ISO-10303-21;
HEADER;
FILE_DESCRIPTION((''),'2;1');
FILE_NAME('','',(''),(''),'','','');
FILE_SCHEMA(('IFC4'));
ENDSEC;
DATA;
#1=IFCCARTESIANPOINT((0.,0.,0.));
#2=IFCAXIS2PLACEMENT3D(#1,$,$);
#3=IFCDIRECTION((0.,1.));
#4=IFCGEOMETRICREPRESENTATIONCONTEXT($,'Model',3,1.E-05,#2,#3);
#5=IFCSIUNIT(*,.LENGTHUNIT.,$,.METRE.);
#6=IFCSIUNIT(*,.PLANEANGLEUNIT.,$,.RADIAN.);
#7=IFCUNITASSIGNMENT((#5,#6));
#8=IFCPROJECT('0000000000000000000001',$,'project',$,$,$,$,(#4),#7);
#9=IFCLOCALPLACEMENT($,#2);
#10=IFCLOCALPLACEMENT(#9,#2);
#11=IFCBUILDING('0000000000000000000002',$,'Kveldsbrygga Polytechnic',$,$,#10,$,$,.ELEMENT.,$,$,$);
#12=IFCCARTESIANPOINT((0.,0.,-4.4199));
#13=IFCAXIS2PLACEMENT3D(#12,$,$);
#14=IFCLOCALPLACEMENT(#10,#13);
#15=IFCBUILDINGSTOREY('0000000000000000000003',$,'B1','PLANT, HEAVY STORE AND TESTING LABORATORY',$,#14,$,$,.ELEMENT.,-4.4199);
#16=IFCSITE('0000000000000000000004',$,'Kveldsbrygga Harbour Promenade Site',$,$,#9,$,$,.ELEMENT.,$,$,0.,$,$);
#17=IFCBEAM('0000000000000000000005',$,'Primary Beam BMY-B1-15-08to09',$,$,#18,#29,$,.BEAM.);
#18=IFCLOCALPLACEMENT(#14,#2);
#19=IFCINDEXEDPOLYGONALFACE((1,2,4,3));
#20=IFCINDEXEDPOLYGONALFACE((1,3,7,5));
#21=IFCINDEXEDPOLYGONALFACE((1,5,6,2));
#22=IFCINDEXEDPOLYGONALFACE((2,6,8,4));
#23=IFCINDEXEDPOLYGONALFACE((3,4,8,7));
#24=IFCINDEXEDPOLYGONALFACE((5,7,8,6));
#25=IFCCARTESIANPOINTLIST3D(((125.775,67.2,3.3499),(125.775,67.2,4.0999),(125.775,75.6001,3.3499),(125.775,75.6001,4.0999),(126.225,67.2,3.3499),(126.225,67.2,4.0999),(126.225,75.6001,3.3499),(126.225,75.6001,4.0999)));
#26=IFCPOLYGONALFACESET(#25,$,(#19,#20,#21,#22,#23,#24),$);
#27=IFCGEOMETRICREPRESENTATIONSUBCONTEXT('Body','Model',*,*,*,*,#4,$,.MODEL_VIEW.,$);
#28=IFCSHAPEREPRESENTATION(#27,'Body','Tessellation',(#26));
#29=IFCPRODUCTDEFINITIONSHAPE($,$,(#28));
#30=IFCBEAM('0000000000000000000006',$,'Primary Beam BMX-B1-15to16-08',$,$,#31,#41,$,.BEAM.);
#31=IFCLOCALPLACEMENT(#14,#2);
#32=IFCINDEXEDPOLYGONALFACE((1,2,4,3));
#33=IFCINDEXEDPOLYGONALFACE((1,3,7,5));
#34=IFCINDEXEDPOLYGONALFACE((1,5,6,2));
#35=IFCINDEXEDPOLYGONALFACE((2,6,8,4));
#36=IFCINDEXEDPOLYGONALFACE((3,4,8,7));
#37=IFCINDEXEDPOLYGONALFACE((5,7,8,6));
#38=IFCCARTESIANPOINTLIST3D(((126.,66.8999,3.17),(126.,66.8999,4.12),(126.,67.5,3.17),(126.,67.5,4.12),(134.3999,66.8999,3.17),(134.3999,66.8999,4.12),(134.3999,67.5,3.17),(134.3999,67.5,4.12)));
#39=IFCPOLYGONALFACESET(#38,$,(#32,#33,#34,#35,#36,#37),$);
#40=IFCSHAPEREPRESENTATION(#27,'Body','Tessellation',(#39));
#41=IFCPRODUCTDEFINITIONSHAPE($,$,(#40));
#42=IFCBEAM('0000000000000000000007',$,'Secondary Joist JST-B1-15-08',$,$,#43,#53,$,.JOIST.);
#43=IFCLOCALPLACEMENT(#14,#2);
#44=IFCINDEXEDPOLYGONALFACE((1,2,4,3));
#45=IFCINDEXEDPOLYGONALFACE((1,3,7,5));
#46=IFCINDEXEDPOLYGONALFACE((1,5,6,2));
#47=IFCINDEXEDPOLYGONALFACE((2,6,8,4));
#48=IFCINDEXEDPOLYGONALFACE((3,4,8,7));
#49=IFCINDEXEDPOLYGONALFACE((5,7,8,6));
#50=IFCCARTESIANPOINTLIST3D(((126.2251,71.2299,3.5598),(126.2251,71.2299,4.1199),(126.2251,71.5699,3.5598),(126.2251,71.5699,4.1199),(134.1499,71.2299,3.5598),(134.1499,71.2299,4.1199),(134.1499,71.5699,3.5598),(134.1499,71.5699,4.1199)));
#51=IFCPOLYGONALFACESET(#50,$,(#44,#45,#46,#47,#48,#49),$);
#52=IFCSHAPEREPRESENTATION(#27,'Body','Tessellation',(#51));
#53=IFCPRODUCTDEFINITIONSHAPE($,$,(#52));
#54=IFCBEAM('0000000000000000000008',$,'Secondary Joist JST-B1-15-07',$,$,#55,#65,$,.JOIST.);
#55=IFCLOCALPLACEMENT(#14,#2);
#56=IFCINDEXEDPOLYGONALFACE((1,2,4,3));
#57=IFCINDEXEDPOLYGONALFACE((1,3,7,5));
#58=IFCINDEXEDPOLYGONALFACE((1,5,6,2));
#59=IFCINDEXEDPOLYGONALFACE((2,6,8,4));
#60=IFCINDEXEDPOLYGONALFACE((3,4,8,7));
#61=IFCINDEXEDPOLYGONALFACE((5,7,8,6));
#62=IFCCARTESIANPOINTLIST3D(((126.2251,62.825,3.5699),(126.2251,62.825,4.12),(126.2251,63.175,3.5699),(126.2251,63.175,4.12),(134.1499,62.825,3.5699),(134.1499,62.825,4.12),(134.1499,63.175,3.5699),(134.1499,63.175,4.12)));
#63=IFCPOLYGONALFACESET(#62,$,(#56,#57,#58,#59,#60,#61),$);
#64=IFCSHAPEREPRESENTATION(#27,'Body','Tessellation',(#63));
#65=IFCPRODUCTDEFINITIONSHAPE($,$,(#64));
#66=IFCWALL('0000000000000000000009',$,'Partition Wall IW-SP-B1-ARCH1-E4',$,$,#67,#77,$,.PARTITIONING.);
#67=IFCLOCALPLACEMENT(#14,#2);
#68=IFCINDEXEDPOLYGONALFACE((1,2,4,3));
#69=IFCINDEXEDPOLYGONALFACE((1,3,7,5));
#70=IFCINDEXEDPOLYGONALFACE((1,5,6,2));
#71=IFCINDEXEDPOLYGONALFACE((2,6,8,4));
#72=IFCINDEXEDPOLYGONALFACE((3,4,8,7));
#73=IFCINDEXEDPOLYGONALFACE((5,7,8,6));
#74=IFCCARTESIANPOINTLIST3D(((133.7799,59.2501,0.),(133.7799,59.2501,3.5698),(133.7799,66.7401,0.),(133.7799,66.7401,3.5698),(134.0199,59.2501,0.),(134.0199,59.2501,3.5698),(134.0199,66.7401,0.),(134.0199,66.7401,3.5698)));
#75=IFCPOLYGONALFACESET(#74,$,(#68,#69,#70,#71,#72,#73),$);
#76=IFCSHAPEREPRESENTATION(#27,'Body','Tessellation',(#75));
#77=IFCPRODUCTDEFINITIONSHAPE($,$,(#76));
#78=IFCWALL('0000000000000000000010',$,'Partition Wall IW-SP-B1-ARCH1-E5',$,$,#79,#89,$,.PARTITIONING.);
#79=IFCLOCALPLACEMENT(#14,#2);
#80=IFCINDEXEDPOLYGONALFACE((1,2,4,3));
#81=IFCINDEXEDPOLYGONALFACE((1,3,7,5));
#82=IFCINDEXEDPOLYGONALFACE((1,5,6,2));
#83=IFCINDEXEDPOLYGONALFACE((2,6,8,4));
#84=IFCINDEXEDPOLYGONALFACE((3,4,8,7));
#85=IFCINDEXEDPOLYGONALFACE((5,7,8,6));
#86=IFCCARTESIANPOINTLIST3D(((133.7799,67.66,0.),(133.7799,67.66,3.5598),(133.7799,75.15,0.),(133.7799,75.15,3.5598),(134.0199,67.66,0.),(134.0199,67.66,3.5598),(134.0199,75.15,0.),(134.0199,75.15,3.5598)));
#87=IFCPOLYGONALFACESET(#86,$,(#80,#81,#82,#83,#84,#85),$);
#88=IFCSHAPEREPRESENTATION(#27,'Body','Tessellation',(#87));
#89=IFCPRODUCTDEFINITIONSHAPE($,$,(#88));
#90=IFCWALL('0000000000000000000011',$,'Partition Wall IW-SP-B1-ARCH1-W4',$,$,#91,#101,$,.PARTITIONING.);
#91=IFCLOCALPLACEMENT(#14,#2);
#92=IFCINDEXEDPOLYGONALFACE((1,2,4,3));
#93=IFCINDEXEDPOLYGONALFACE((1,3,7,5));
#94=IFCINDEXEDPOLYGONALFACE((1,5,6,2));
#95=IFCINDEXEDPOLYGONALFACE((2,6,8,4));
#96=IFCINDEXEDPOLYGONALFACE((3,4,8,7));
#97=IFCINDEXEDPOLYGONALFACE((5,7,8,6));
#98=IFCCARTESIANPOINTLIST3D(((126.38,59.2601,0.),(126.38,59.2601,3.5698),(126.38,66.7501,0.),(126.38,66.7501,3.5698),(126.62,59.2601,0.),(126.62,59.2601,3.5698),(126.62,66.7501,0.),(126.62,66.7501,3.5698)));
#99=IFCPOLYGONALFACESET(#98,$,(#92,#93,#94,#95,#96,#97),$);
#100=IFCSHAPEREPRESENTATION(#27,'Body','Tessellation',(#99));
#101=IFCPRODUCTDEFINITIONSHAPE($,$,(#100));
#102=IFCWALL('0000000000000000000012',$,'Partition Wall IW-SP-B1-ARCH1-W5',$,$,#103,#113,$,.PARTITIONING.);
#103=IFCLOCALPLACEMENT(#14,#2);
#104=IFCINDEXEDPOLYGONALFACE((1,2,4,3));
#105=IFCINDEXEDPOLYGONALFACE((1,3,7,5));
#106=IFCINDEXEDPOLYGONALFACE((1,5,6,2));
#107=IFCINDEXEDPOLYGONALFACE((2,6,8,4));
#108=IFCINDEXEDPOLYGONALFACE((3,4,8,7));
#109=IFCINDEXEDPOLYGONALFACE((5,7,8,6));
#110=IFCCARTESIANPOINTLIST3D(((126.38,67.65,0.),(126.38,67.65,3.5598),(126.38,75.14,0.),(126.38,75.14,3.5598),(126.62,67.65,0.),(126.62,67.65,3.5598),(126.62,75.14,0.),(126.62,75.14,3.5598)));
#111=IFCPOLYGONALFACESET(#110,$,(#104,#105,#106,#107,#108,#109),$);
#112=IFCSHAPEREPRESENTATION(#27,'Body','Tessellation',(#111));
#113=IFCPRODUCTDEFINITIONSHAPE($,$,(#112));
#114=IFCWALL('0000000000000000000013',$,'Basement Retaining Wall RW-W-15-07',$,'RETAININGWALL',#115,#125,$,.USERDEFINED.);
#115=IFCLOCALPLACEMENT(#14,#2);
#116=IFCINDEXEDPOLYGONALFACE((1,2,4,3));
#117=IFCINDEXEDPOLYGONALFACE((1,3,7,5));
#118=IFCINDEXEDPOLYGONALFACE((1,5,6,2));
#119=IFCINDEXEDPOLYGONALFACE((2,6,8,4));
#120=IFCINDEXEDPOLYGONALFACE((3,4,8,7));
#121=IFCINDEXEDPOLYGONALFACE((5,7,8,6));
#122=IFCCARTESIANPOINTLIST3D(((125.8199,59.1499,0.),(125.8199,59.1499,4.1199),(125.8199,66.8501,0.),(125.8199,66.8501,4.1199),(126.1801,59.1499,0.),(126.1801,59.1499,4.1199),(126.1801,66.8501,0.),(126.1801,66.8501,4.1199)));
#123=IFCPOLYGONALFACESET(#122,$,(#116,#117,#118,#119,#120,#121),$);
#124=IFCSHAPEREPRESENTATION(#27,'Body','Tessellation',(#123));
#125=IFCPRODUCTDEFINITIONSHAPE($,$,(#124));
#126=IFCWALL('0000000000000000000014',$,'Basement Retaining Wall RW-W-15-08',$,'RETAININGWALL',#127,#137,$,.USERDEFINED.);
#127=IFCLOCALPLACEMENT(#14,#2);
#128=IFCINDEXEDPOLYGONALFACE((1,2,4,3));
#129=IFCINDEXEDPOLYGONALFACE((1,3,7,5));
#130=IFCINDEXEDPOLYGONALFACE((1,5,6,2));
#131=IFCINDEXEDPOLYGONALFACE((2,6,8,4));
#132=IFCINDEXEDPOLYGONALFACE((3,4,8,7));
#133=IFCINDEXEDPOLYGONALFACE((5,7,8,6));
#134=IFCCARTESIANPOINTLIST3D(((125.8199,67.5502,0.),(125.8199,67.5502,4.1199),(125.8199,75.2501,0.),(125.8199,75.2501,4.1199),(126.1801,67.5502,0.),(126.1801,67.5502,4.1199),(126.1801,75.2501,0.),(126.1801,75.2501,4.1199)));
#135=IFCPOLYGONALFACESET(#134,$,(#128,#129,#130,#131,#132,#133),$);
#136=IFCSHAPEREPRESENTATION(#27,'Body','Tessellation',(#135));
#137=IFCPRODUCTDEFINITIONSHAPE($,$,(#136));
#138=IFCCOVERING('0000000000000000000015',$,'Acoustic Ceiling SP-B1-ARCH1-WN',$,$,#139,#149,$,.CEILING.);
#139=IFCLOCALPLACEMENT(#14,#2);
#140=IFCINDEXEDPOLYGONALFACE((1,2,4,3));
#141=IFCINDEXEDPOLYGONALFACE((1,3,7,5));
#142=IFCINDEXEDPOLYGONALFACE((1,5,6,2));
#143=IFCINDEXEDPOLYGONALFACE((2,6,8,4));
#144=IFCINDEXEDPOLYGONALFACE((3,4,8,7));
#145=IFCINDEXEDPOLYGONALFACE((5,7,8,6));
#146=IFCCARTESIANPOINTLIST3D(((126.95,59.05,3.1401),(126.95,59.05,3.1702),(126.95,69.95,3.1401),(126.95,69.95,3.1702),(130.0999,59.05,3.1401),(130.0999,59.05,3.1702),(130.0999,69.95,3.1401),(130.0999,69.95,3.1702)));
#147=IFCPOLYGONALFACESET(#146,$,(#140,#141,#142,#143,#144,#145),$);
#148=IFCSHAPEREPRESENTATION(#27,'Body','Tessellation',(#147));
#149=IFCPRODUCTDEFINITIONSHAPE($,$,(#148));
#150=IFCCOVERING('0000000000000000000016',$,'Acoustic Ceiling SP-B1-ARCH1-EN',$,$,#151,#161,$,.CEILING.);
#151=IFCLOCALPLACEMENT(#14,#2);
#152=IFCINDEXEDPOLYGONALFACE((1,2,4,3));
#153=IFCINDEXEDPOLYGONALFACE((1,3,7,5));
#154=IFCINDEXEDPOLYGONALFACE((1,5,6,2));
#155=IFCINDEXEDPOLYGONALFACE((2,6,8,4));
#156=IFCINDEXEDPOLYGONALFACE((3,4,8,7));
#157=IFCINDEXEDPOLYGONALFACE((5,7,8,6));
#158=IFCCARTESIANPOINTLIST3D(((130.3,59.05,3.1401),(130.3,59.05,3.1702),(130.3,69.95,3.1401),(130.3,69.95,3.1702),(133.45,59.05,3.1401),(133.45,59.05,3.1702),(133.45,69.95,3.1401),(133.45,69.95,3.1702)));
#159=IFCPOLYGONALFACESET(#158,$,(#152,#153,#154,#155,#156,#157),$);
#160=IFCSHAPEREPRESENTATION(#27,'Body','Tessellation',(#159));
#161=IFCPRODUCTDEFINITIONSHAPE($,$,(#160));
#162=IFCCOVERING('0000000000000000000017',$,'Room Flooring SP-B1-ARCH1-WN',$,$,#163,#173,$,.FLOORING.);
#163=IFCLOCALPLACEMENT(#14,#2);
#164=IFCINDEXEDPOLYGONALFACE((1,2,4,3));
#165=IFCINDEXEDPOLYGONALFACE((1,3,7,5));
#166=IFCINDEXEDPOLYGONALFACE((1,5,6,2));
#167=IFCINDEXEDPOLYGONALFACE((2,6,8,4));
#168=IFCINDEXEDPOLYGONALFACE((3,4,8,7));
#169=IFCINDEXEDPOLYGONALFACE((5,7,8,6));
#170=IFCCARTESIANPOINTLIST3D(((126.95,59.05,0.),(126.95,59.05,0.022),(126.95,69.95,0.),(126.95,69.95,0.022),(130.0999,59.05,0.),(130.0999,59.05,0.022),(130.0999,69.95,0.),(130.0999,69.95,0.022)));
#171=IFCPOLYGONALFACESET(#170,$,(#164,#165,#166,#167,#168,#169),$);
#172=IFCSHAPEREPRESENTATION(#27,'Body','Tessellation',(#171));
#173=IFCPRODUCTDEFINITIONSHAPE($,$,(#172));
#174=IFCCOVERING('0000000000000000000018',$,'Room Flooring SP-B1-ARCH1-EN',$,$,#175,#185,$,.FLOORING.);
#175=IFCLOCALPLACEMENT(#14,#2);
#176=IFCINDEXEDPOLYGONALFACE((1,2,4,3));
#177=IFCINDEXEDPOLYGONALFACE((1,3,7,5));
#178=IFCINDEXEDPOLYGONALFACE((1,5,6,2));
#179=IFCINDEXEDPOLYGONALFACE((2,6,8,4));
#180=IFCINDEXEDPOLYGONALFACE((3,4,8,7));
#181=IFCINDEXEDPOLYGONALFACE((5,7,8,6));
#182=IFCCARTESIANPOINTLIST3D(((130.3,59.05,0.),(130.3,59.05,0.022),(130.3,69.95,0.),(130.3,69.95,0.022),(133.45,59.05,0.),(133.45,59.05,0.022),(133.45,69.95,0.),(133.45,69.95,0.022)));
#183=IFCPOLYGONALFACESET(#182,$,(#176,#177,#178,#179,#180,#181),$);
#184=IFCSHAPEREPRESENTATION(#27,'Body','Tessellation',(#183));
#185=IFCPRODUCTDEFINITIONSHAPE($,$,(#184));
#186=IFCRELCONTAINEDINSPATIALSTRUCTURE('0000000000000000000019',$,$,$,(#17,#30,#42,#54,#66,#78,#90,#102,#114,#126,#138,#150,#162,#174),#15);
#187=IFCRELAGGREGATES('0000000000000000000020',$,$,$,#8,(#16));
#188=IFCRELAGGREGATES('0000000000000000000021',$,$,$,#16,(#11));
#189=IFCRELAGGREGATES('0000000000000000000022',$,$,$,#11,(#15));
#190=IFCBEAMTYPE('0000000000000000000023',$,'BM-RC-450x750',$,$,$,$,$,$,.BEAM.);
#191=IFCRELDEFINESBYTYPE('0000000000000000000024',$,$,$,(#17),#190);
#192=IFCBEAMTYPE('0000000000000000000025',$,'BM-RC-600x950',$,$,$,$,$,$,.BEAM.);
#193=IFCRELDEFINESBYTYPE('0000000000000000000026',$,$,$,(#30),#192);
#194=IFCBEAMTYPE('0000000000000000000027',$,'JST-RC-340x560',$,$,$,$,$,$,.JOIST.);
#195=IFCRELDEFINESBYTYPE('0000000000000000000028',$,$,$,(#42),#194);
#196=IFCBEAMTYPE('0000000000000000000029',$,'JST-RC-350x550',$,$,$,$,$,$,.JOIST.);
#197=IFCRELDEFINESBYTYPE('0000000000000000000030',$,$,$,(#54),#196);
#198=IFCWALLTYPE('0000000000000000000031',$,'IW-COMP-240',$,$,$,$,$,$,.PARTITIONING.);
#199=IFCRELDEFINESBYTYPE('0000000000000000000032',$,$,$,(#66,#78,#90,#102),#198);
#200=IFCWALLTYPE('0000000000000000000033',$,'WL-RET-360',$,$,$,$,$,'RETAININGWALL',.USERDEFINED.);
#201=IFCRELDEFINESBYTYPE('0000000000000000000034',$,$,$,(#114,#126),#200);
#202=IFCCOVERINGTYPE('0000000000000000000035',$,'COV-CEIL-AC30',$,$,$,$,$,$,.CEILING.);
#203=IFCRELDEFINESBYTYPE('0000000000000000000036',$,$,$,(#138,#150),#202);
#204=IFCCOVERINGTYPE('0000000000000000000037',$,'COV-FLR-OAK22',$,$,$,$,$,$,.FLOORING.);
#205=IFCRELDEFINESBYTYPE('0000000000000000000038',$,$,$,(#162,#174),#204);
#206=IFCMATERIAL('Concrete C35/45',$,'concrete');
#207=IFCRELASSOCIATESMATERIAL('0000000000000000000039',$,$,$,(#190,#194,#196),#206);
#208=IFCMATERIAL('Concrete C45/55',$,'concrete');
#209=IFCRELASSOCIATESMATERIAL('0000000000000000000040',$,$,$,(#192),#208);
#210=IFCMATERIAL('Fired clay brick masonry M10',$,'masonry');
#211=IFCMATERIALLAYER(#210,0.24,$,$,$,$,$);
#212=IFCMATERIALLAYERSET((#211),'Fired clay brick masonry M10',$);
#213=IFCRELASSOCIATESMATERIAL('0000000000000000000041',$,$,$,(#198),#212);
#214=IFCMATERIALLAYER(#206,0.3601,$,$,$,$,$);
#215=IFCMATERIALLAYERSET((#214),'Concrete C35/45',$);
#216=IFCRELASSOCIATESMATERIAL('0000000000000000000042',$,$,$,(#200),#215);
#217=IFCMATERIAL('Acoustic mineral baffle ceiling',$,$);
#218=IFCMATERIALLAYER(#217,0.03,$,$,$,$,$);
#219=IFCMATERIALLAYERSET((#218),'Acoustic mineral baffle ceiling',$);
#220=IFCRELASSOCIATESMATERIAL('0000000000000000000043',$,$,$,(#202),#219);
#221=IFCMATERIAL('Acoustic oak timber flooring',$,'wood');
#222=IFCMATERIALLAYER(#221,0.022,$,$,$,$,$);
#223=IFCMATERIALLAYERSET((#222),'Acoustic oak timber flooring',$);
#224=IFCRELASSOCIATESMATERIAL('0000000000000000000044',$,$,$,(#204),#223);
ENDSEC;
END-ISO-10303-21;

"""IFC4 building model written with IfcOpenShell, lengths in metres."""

from ifc_helpers import new_model, si_unit, direction, frame, frame_2d, origin, origin_2d, place, context, subcontext, project, spatial, rectangle, extrude, material, layer, layer_set, material_profile, profile_set, type_object, element, save


model = new_model("IFC4")

# Units and contexts
model_context = context("Model", 3, precision=1e-05, world=origin(), true_north=direction((0.0, 1.0)))
body_context = subcontext(model_context, "Body", "Model", "MODEL_VIEW")
ifc_project = project(units=[si_unit("LENGTHUNIT", "METRE"), si_unit("PLANEANGLEUNIT", "RADIAN")], contexts=[model_context])

# Site, building, storey
site_placement = place(None, origin())
site = spatial("IfcSite", under=ifc_project, at=site_placement, Name="Kveldsbrygga Harbour Promenade Site", CompositionType="ELEMENT", RefElevation=0.0)
building_placement = place(site_placement, origin())
building = spatial("IfcBuilding", under=site, at=building_placement, Name="Kveldsbrygga Polytechnic", CompositionType="ELEMENT")
storey_placement = place(building_placement, frame((0.0, 0.0, -4.4199)))
storey = spatial("IfcBuildingStorey", under=building, at=storey_placement, Name="B1", Description="PLANT, HEAVY STORE AND TESTING LABORATORY", CompositionType="ELEMENT", Elevation=-4.4199)

# Shared definitions
ifc_material_1 = material(Name="Concrete C45/55", Category="concrete")

# Beams
ifc_material_2 = material(Name="Concrete C35/45", Category="concrete")
ifc_material_profile_1 = material_profile(ifc_material_2, rectangle(XDim=0.45, YDim=0.75, at=origin_2d()), Name="RC 450x750")
ifc_profile_set_1 = profile_set([ifc_material_profile_1], Name="Concrete C35/45")
beam_type_1 = type_object("IfcBeamType", Name="BM-RC-450x750", PredefinedType="BEAM", material=ifc_profile_set_1)
beam_1_placement = place(storey_placement, frame((126.0, 67.2, 3.7249), z_axis=(0.0, 1.0, 0.0), x_axis=(-1.0, 0.0, 0.0)))
element("IfcBeam", 1, at=beam_1_placement, inside=storey, type_object=beam_type_1, Name="Primary Beam BMY-B1-15-08to09", PredefinedType="BEAM", context=body_context, shape_type="SweptSolid", body=[
    extrude(rectangle(XDim=0.45, YDim=0.75, at=origin_2d()), origin(), (0.0, 0.0, 1.0), 8.4001),
])
ifc_material_profile_2 = material_profile(ifc_material_1, rectangle(XDim=0.6001, YDim=0.95, at=origin_2d()), Name="RC 600x950")
ifc_profile_set_2 = profile_set([ifc_material_profile_2], Name="Concrete C45/55")
beam_type_2 = type_object("IfcBeamType", Name="BM-RC-600x950", PredefinedType="BEAM", material=ifc_profile_set_2)
beam_2_placement = place(storey_placement, frame((126.0, 67.2, 3.645), z_axis=(1.0, 0.0, 0.0), x_axis=(0.0, 1.0, 0.0)))
element("IfcBeam", 2, at=beam_2_placement, inside=storey, type_object=beam_type_2, Name="Primary Beam BMX-B1-15to16-08", PredefinedType="BEAM", context=body_context, shape_type="SweptSolid", body=[
    extrude(rectangle(XDim=0.6001, YDim=0.95, at=origin_2d()), origin(), (0.0, 0.0, 1.0), 8.3999),
])
ifc_material_profile_3 = material_profile(ifc_material_2, rectangle(XDim=0.3401, YDim=0.5601, at=origin_2d()), Name="RC 340x560")
ifc_profile_set_3 = profile_set([ifc_material_profile_3], Name="Concrete C35/45")
beam_type_3 = type_object("IfcBeamType", Name="JST-RC-340x560", PredefinedType="JOIST", material=ifc_profile_set_3)
beam_3_placement = place(storey_placement, frame((126.2251, 71.3999, 3.8398), z_axis=(1.0, 0.0, 0.0), x_axis=(0.0, 1.0, 0.0)))
element("IfcBeam", 3, at=beam_3_placement, inside=storey, type_object=beam_type_3, Name="Secondary Joist JST-B1-15-08", PredefinedType="JOIST", context=body_context, shape_type="SweptSolid", body=[
    extrude(rectangle(XDim=0.3401, YDim=0.5601, at=origin_2d()), origin(), (0.0, 0.0, 1.0), 7.9248),
])
ifc_material_profile_4 = material_profile(ifc_material_2, rectangle(XDim=0.3501, YDim=0.55, at=origin_2d()), Name="RC 350x550")
ifc_profile_set_4 = profile_set([ifc_material_profile_4], Name="Concrete C35/45")
beam_type_4 = type_object("IfcBeamType", Name="JST-RC-350x550", PredefinedType="JOIST", material=ifc_profile_set_4)
beam_4_placement = place(storey_placement, frame((126.2251, 63.0, 3.845), z_axis=(1.0, 0.0, 0.0), x_axis=(0.0, 1.0, 0.0)))
element("IfcBeam", 4, at=beam_4_placement, inside=storey, type_object=beam_type_4, Name="Secondary Joist JST-B1-15-07", PredefinedType="JOIST", context=body_context, shape_type="SweptSolid", body=[
    extrude(rectangle(XDim=0.3501, YDim=0.55, at=origin_2d()), origin(), (0.0, 0.0, 1.0), 7.9248),
])

# Walls
ifc_material_3 = material(Name="Fired clay brick masonry M10", Category="masonry")
ifc_layer_1 = layer(ifc_material_3, 0.24)
ifc_layer_set_1 = layer_set([ifc_layer_1], Name="Fired clay brick masonry M10")
wall_type_1 = type_object("IfcWallType", Name="IW-COMP-240", PredefinedType="PARTITIONING", material=ifc_layer_set_1)
wall_1_placement = place(storey_placement, frame((133.8999, 59.25, 0.0), z_axis=(0.0, 0.0, 1.0), x_axis=(0.0, 1.0, 0.0)))
element("IfcWall", 5, at=wall_1_placement, inside=storey, type_object=wall_type_1, Name="Partition Wall IW-SP-B1-ARCH1-E4", PredefinedType="PARTITIONING", context=body_context, shape_type="SweptSolid", body=[
    extrude(rectangle(XDim=7.49, YDim=0.24, at=frame_2d((3.7451, 0.0))), origin(), (0.0, 0.0, 1.0), 3.5698),
])
wall_2_placement = place(storey_placement, frame((133.8999, 67.6599, 0.0), z_axis=(0.0, 0.0, 1.0), x_axis=(0.0, 1.0, 0.0)))
element("IfcWall", 6, at=wall_2_placement, inside=storey, type_object=wall_type_1, Name="Partition Wall IW-SP-B1-ARCH1-E5", PredefinedType="PARTITIONING", context=body_context, shape_type="SweptSolid", body=[
    extrude(rectangle(XDim=7.49, YDim=0.24, at=frame_2d((3.7451, 0.0))), origin(), (0.0, 0.0, 1.0), 3.5598),
])
wall_3_placement = place(storey_placement, frame((126.5, 59.26, 0.0), z_axis=(0.0, 0.0, 1.0), x_axis=(0.0, 1.0, 0.0)))
element("IfcWall", 7, at=wall_3_placement, inside=storey, type_object=wall_type_1, Name="Partition Wall IW-SP-B1-ARCH1-W4", PredefinedType="PARTITIONING", context=body_context, shape_type="SweptSolid", body=[
    extrude(rectangle(XDim=7.49, YDim=0.24, at=frame_2d((3.7451, 0.0))), origin(), (0.0, 0.0, 1.0), 3.5698),
])
wall_4_placement = place(storey_placement, frame((126.5, 67.6499, 0.0), z_axis=(0.0, 0.0, 1.0), x_axis=(0.0, 1.0, 0.0)))
element("IfcWall", 8, at=wall_4_placement, inside=storey, type_object=wall_type_1, Name="Partition Wall IW-SP-B1-ARCH1-W5", PredefinedType="PARTITIONING", context=body_context, shape_type="SweptSolid", body=[
    extrude(rectangle(XDim=7.49, YDim=0.24, at=frame_2d((3.7451, 0.0))), origin(), (0.0, 0.0, 1.0), 3.5598),
])
ifc_layer_2 = layer(ifc_material_2, 0.3601)
ifc_layer_set_2 = layer_set([ifc_layer_2], Name="Concrete C35/45")
wall_type_2 = type_object("IfcWallType", Name="WL-RET-360", ElementType="RETAININGWALL", PredefinedType="USERDEFINED", material=ifc_layer_set_2)
wall_5_placement = place(storey_placement, frame((126.0, 59.1499, 0.0), z_axis=(0.0, 0.0, 1.0), x_axis=(0.0, 1.0, 0.0)))
element("IfcWall", 9, at=wall_5_placement, inside=storey, type_object=wall_type_2, Name="Basement Retaining Wall RW-W-15-07", ObjectType="RETAININGWALL", PredefinedType="USERDEFINED", context=body_context, shape_type="SweptSolid", body=[
    extrude(rectangle(XDim=7.7002, YDim=0.3601, at=frame_2d((3.8501, 0.0))), origin(), (0.0, 0.0, 1.0), 4.1199),
])
wall_6_placement = place(storey_placement, frame((126.0, 67.55, 0.0), z_axis=(0.0, 0.0, 1.0), x_axis=(0.0, 1.0, 0.0)))
element("IfcWall", 10, at=wall_6_placement, inside=storey, type_object=wall_type_2, Name="Basement Retaining Wall RW-W-15-08", ObjectType="RETAININGWALL", PredefinedType="USERDEFINED", context=body_context, shape_type="SweptSolid", body=[
    extrude(rectangle(XDim=7.7, YDim=0.3601, at=frame_2d((3.8501, 0.0))), origin(), (0.0, 0.0, 1.0), 4.1199),
])

# Coverings
ifc_material_4 = material(Name="Acoustic mineral baffle ceiling")
ifc_layer_3 = layer(ifc_material_4, 0.03)
ifc_layer_set_3 = layer_set([ifc_layer_3], Name="Acoustic mineral baffle ceiling")
covering_type_1 = type_object("IfcCoveringType", Name="COV-CEIL-AC30", PredefinedType="CEILING", material=ifc_layer_set_3)
for number, where, z_axis, x_axis, name in (
    (11, (128.5249, 64.5, 3.1401), (0.0, 0.0, 1.0), (1.0, 0.0, 0.0), "Acoustic Ceiling SP-B1-ARCH1-WN"),
    (12, (131.875, 64.5, 3.1401), (0.0, 0.0, 1.0), (1.0, 0.0, 0.0), "Acoustic Ceiling SP-B1-ARCH1-EN"),
):
    element("IfcCovering", number, at=place(storey_placement, frame(where, z_axis=z_axis, x_axis=x_axis)), inside=storey, type_object=covering_type_1, Name=name, PredefinedType="CEILING", context=body_context, shape_type="SweptSolid", body=[
        extrude(rectangle(XDim=3.1499, YDim=10.8999, at=origin_2d()), origin(), (0.0, 0.0, 1.0), 0.03),
    ])
ifc_material_5 = material(Name="Acoustic oak timber flooring", Category="wood")
ifc_layer_4 = layer(ifc_material_5, 0.022)
ifc_layer_set_4 = layer_set([ifc_layer_4], Name="Acoustic oak timber flooring")
covering_type_2 = type_object("IfcCoveringType", Name="COV-FLR-OAK22", PredefinedType="FLOORING", material=ifc_layer_set_4)
for number, where, z_axis, x_axis, name in (
    (13, (128.5249, 64.5, 0.0), (0.0, 0.0, 1.0), (1.0, 0.0, 0.0), "Room Flooring SP-B1-ARCH1-WN"),
    (14, (131.875, 64.5, 0.0), (0.0, 0.0, 1.0), (1.0, 0.0, 0.0), "Room Flooring SP-B1-ARCH1-EN"),
):
    element("IfcCovering", number, at=place(storey_placement, frame(where, z_axis=z_axis, x_axis=x_axis)), inside=storey, type_object=covering_type_2, Name=name, PredefinedType="FLOORING", context=body_context, shape_type="SweptSolid", body=[
        extrude(rectangle(XDim=3.1499, YDim=10.8999, at=origin_2d()), origin(), (0.0, 0.0, 1.0), 0.022),
    ])

save(model, "model.ifc")
